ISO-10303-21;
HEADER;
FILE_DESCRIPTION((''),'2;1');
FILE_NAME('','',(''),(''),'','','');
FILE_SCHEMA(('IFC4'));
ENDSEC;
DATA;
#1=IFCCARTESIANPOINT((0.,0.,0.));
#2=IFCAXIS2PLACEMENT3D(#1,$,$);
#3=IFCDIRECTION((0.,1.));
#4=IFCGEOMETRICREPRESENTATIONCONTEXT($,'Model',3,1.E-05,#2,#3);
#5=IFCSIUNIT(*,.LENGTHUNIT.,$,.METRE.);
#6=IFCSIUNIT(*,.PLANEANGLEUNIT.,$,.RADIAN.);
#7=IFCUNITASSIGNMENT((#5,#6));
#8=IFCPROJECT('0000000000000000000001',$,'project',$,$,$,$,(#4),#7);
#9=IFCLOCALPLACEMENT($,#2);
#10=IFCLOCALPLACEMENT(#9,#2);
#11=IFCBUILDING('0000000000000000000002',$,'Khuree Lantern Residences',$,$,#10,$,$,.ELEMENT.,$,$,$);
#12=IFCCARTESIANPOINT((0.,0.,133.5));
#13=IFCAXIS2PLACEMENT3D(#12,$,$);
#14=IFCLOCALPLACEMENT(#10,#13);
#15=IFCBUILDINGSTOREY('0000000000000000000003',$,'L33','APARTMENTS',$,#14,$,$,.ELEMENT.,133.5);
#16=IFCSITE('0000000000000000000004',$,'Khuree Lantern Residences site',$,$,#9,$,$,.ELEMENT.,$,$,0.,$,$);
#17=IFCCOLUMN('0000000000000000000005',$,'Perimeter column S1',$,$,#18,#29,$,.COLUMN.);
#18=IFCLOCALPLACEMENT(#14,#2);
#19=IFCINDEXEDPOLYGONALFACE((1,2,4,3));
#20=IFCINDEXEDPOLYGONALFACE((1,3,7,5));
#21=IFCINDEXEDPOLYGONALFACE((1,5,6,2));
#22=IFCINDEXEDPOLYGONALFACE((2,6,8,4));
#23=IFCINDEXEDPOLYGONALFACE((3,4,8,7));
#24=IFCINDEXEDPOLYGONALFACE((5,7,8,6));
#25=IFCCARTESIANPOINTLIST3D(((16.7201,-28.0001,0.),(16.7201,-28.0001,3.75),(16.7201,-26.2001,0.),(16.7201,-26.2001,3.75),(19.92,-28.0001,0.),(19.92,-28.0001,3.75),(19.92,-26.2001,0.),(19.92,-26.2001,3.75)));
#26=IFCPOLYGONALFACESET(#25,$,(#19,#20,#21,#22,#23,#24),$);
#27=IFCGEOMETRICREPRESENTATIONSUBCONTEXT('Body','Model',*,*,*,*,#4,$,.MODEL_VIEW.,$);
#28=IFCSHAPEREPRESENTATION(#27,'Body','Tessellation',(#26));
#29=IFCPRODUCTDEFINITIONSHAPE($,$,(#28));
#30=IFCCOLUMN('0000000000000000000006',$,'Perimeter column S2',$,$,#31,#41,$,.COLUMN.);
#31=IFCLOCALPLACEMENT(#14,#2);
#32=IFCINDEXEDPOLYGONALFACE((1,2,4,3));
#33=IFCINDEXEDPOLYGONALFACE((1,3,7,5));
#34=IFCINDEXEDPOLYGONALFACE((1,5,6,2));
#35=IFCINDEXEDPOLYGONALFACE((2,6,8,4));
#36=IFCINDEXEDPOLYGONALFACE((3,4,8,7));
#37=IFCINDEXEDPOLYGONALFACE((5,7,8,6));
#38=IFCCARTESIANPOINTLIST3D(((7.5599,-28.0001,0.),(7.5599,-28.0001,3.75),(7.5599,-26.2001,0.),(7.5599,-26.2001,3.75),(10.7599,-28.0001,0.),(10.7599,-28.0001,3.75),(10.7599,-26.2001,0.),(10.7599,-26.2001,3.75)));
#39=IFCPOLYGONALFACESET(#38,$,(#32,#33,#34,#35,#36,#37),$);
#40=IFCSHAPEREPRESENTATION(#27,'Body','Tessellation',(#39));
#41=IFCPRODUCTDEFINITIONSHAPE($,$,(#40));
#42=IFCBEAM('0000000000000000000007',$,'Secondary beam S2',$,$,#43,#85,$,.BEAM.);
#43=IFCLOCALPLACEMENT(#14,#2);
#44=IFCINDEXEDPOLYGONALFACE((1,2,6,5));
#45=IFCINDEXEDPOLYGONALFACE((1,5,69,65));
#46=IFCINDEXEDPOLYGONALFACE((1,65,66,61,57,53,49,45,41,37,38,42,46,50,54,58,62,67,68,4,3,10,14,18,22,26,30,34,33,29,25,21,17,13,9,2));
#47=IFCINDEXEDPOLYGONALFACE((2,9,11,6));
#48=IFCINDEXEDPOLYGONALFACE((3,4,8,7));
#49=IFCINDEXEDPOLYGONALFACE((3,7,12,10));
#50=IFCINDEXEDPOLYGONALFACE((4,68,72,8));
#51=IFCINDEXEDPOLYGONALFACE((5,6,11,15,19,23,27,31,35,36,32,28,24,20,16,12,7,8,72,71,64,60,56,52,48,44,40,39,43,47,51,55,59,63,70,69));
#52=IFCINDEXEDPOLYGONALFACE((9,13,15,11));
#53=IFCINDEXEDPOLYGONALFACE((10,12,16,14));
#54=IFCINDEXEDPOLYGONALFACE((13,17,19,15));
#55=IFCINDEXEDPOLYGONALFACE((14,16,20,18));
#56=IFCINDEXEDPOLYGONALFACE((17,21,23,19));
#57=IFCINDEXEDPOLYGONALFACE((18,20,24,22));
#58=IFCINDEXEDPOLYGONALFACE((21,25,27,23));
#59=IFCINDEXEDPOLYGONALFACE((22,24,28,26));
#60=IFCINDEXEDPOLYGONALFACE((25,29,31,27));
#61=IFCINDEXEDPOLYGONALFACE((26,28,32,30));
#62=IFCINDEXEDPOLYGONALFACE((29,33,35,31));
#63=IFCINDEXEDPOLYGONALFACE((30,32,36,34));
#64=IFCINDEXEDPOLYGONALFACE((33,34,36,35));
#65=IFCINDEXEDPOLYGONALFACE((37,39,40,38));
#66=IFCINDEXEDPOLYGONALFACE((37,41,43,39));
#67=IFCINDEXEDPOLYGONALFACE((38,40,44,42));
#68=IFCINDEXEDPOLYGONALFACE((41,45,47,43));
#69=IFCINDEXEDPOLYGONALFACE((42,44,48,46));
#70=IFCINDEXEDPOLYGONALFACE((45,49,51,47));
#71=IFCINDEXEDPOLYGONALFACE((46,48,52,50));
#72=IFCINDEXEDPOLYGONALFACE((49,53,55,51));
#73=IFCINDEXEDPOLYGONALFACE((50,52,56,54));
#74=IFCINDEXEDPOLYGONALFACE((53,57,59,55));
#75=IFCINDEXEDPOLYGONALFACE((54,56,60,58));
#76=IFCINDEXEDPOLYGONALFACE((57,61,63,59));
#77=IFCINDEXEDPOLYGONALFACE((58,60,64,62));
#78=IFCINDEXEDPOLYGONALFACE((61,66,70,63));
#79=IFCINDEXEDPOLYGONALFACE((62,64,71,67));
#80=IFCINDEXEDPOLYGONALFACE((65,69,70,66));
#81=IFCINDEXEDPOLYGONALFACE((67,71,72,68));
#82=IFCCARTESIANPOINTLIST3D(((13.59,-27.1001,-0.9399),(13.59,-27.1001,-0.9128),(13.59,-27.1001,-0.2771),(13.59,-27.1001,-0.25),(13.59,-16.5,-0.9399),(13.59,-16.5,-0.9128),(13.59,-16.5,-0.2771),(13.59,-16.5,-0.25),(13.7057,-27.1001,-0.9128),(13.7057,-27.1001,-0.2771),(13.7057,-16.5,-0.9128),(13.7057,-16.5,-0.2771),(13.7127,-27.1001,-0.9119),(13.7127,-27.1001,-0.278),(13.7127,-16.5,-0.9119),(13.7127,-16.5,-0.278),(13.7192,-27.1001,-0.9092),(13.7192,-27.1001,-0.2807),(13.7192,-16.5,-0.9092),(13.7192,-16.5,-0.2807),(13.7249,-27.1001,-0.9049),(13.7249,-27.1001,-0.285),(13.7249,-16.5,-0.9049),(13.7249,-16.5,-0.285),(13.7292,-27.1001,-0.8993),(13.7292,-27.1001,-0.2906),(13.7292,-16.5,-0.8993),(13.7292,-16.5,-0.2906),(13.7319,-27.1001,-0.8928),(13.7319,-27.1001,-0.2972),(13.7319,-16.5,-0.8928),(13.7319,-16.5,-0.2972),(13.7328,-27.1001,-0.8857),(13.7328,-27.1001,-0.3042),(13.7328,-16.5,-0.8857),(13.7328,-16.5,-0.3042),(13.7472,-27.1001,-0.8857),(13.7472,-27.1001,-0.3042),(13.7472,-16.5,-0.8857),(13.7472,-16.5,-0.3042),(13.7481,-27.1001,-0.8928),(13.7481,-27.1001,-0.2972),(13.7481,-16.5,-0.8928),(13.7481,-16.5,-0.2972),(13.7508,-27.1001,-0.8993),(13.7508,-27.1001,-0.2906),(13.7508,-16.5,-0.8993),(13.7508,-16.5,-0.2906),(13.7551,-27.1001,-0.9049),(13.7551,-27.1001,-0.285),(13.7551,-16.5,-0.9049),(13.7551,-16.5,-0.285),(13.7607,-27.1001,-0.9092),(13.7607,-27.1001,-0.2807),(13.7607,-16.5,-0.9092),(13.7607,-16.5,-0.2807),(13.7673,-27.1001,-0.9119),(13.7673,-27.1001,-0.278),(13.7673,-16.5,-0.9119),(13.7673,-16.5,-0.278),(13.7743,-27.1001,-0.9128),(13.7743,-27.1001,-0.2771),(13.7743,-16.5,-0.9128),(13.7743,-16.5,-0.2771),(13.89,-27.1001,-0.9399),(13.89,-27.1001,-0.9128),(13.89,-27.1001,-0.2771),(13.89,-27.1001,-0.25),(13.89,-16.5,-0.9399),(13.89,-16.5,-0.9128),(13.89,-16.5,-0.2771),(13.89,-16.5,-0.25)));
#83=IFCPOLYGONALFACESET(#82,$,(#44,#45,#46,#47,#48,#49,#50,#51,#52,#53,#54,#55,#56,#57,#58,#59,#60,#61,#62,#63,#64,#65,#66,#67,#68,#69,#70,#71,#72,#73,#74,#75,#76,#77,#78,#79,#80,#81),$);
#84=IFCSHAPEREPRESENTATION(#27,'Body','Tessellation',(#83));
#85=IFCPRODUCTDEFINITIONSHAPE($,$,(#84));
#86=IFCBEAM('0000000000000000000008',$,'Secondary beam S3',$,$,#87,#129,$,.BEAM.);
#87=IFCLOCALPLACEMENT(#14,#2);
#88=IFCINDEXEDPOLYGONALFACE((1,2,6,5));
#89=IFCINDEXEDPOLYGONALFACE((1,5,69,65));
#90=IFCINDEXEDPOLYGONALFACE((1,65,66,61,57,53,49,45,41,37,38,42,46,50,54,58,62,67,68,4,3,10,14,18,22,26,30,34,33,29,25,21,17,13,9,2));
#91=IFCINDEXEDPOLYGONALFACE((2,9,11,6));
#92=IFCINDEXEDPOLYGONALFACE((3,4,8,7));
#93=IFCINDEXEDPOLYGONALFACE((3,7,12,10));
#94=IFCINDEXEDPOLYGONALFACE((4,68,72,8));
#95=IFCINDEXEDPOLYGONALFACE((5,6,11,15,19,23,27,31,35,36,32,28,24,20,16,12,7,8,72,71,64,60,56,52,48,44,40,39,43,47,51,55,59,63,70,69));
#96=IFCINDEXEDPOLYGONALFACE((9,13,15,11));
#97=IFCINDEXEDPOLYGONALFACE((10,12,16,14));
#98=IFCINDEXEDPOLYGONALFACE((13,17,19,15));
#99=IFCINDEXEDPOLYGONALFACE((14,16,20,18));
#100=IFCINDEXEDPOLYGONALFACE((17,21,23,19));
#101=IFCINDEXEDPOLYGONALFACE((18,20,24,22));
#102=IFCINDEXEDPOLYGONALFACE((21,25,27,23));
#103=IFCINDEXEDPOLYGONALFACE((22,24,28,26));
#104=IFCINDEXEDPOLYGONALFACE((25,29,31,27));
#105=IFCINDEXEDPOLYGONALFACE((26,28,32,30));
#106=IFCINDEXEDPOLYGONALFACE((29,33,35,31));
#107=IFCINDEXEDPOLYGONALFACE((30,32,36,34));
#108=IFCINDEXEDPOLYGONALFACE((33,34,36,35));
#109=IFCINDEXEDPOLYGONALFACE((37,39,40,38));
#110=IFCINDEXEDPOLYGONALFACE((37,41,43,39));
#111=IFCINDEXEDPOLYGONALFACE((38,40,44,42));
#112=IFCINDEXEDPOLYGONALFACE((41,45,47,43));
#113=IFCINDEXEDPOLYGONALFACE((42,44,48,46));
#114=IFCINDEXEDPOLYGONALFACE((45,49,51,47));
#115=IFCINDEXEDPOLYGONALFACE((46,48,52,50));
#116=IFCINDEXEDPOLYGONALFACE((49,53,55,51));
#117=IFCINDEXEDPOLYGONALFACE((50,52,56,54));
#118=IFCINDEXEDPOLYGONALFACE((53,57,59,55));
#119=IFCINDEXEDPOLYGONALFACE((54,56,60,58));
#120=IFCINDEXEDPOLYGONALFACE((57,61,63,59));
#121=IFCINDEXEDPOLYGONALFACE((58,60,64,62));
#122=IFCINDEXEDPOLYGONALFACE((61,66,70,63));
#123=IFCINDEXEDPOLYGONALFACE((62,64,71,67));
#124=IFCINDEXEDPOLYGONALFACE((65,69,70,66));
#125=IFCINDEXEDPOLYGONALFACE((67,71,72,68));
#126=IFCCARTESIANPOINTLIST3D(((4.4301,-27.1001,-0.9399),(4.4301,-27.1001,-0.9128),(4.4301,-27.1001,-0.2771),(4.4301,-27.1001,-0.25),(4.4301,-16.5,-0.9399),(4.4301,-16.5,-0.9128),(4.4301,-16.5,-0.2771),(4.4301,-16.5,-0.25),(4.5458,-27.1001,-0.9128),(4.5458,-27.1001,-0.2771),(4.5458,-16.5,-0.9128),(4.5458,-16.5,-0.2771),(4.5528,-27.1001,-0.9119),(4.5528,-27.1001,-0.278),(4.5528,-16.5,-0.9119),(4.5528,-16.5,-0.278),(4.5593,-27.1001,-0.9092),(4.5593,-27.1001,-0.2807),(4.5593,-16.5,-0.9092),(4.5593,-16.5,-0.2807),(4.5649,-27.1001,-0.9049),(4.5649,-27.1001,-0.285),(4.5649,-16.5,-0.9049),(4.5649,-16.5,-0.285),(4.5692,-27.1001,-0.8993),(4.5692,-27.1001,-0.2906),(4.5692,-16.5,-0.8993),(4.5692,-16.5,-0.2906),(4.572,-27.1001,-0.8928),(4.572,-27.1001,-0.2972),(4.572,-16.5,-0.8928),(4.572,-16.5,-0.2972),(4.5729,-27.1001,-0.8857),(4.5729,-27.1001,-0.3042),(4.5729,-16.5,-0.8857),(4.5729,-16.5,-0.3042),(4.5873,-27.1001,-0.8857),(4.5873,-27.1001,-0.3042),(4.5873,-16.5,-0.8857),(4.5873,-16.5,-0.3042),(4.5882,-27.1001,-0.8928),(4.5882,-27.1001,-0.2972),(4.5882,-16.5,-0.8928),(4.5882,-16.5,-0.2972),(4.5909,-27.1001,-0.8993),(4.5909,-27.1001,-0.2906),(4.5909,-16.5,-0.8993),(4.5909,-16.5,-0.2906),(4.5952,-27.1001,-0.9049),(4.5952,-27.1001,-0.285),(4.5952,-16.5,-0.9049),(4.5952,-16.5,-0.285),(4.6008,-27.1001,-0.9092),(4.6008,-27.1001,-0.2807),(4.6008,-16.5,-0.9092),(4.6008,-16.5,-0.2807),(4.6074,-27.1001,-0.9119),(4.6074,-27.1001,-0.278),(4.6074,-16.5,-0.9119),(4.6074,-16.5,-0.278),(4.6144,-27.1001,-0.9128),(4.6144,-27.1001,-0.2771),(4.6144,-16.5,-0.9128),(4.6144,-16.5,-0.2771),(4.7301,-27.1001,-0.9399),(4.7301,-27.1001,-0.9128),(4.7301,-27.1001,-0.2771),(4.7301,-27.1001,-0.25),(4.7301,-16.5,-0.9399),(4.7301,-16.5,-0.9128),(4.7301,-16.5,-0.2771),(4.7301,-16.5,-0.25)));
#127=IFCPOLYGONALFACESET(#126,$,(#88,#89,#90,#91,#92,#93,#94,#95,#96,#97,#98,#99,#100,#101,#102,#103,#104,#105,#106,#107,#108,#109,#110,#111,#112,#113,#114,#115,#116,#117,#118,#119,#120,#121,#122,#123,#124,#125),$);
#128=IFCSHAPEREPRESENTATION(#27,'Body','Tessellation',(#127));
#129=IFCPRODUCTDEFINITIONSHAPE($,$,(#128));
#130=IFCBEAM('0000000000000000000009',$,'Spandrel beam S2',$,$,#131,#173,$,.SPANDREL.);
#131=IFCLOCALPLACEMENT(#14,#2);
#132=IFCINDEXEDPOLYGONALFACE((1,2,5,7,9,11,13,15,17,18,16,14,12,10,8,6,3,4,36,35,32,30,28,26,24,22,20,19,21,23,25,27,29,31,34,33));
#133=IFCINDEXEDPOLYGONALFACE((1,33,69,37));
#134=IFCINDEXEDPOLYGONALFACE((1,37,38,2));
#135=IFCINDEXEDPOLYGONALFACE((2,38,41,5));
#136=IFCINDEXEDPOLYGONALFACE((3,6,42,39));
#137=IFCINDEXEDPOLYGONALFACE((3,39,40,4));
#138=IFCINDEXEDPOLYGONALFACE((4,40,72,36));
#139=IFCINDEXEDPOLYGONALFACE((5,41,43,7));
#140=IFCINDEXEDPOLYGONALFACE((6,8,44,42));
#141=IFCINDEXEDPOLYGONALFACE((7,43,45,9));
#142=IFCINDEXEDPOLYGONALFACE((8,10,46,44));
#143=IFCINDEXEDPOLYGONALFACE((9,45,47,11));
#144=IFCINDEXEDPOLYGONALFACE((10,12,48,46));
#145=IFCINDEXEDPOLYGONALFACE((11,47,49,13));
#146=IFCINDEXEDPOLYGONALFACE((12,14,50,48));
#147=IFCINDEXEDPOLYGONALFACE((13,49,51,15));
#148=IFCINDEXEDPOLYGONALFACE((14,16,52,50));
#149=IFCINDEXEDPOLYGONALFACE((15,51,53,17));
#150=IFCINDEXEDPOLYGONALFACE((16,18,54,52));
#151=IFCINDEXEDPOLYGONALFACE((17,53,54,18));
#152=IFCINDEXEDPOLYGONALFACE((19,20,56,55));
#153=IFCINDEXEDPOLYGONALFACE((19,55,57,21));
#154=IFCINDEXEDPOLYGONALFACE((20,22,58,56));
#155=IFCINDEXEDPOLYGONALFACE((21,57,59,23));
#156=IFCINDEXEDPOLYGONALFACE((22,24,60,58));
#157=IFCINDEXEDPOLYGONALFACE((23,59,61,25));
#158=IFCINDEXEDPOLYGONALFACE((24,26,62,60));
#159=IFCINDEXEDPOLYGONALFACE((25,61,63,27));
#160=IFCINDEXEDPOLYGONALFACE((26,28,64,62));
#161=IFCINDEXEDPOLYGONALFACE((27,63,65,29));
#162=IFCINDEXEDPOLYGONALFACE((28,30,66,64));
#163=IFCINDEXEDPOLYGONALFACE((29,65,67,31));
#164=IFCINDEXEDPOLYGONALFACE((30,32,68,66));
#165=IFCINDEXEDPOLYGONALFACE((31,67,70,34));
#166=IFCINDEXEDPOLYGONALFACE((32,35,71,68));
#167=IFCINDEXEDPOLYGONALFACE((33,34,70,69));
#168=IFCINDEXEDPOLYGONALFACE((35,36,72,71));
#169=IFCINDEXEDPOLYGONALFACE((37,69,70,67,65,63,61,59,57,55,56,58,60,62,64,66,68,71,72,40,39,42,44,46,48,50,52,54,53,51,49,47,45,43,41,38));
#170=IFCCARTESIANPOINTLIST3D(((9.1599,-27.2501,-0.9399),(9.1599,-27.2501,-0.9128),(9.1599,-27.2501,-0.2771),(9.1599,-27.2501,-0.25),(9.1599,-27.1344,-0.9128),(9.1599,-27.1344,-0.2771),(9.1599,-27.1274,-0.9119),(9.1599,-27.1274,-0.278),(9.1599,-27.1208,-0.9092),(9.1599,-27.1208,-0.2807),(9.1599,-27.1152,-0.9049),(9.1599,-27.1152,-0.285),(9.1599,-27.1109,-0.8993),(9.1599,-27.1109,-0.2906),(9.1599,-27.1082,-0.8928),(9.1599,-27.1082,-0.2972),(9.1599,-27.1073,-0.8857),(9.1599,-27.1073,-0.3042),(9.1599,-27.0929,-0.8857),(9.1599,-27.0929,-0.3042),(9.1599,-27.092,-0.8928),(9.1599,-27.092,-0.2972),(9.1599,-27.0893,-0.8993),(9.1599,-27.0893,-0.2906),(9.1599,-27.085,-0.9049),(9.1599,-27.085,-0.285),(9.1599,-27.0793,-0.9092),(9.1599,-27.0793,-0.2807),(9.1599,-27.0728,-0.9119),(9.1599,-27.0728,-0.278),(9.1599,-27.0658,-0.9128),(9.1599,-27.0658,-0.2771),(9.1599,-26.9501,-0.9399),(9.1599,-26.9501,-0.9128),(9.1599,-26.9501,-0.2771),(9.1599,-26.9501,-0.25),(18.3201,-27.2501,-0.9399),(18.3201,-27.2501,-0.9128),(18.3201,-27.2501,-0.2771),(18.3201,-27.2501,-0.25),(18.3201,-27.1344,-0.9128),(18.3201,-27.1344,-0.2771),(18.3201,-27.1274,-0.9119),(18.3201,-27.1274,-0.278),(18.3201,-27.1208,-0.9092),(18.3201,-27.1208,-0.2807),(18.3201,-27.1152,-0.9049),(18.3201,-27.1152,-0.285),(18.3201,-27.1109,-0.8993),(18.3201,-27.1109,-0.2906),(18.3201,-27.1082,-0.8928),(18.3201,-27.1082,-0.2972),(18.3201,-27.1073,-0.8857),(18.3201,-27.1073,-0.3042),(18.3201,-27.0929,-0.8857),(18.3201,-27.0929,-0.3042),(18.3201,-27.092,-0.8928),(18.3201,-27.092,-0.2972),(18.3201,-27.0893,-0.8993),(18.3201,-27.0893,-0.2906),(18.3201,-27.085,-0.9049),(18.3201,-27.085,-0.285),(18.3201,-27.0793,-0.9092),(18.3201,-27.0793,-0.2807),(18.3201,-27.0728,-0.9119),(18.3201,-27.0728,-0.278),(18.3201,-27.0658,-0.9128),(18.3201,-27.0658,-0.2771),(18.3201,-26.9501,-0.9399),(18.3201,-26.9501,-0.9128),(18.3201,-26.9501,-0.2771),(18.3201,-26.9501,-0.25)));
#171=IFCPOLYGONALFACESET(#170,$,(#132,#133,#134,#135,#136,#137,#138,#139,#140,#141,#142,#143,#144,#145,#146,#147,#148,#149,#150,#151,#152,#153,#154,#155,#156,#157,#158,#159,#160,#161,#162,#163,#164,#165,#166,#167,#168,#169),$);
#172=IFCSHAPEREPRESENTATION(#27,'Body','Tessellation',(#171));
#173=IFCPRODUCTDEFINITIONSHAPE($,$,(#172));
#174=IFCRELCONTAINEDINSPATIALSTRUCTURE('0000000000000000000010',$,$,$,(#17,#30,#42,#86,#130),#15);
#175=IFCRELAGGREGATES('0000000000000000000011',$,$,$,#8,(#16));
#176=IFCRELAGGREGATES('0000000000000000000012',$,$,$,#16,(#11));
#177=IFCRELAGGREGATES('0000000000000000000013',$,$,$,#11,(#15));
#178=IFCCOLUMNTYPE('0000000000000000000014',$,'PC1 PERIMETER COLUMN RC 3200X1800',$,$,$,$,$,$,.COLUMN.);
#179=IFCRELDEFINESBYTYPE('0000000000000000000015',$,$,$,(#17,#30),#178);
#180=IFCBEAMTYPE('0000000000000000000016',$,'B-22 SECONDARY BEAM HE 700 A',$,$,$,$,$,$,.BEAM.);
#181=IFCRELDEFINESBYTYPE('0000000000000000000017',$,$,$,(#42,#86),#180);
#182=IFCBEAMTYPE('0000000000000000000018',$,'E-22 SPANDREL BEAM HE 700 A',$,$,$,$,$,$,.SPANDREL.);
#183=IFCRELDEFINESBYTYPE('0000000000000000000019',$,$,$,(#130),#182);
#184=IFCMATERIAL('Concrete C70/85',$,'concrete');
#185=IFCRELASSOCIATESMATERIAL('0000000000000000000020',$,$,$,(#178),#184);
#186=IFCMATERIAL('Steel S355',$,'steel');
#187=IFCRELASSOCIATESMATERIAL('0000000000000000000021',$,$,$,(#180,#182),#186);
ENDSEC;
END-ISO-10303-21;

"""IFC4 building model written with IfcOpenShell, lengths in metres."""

from ifc_helpers import new_model, si_unit, direction, frame, origin, origin_2d, place, context, subcontext, project, spatial, rectangle, i_section, extrude, material, material_profile, profile_set, type_object, element, save


model = new_model("IFC4")

# Units and contexts
model_context = context("Model", 3, precision=1e-05, world=origin(), true_north=direction((0.0, 1.0)))
body_context = subcontext(model_context, "Body", "Model", "MODEL_VIEW")
ifc_project = project(units=[si_unit("LENGTHUNIT", "METRE"), si_unit("PLANEANGLEUNIT", "RADIAN")], contexts=[model_context])

# Site, building, storey
site_placement = place(None, origin())
site = spatial("IfcSite", under=ifc_project, at=site_placement, Name="Khuree Lantern Residences site", CompositionType="ELEMENT", RefElevation=0.0)
building_placement = place(site_placement, origin())
building = spatial("IfcBuilding", under=site, at=building_placement, Name="Khuree Lantern Residences", CompositionType="ELEMENT")
storey_placement = place(building_placement, frame((0.0, 0.0, 133.5)))
storey = spatial("IfcBuildingStorey", under=building, at=storey_placement, Name="L33", Description="APARTMENTS", CompositionType="ELEMENT", Elevation=133.5)

# Columns
ifc_material_1 = material(Name="Concrete C70/85", Category="concrete")
ifc_material_profile_1 = material_profile(ifc_material_1, rectangle(XDim=3.2, YDim=1.8, at=origin_2d()), Name="RC 3200X1800")
ifc_profile_set_1 = profile_set([ifc_material_profile_1], Name="Concrete C70/85")
column_type = type_object("IfcColumnType", Name="PC1 PERIMETER COLUMN RC 3200X1800", PredefinedType="COLUMN", material=ifc_profile_set_1)
for number, where, z_axis, x_axis, name in (
    (1, (18.3201, -27.1001, 0.0), (0.0, 0.0, 1.0), (1.0, 0.0, 0.0), "Perimeter column S1"),
    (2, (9.1599, -27.1001, 0.0), (0.0, 0.0, 1.0), (1.0, 0.0, 0.0), "Perimeter column S2"),
):
    element("IfcColumn", number, at=place(storey_placement, frame(where, z_axis=z_axis, x_axis=x_axis)), inside=storey, type_object=column_type, Name=name, PredefinedType="COLUMN", context=body_context, shape_type="SweptSolid", body=[
        extrude(rectangle(XDim=3.2, YDim=1.8, at=origin_2d()), origin(), (0.0, 0.0, 1.0), 3.75),
    ])

# Beams
ifc_material_2 = material(Name="Steel S355", Category="steel")
ifc_material_profile_2 = material_profile(ifc_material_2, i_section(OverallWidth=0.3, OverallDepth=0.6899, WebThickness=0.0144, FlangeThickness=0.0271, FilletRadius=0.0271, at=origin_2d()), Name="HE 700 A")
ifc_profile_set_2 = profile_set([ifc_material_profile_2], Name="Steel S355")
beam_type_1 = type_object("IfcBeamType", Name="B-22 SECONDARY BEAM HE 700 A", PredefinedType="BEAM", material=ifc_profile_set_2)
for number, where, z_axis, x_axis, name in (
    (3, (13.74, -27.1001, -0.595), (0.0, 1.0, 0.0), (-1.0, 0.0, 0.0), "Secondary beam S2"),
    (4, (4.5801, -27.1001, -0.595), (0.0, 1.0, 0.0), (-1.0, 0.0, 0.0), "Secondary beam S3"),
):
    element("IfcBeam", number, at=place(storey_placement, frame(where, z_axis=z_axis, x_axis=x_axis)), inside=storey, type_object=beam_type_1, Name=name, PredefinedType="BEAM", context=body_context, shape_type="SweptSolid", body=[
        extrude(i_section(OverallWidth=0.3, OverallDepth=0.6899, WebThickness=0.0144, FlangeThickness=0.0271, FilletRadius=0.0271, at=origin_2d()), origin(), (0.0, 0.0, 1.0), 10.6001),
    ])
ifc_material_profile_3 = material_profile(ifc_material_2, i_section(OverallWidth=0.3, OverallDepth=0.6899, WebThickness=0.0144, FlangeThickness=0.0271, FilletRadius=0.0271, at=origin_2d()), Name="HE 700 A")
ifc_profile_set_3 = profile_set([ifc_material_profile_3], Name="Steel S355")
beam_type_2 = type_object("IfcBeamType", Name="E-22 SPANDREL BEAM HE 700 A", PredefinedType="SPANDREL", material=ifc_profile_set_3)
beam_1_placement = place(storey_placement, frame((18.3201, -27.1001, -0.595), z_axis=(-1.0, 0.0, 0.0), x_axis=(0.0, -1.0, 0.0)))
element("IfcBeam", 5, at=beam_1_placement, inside=storey, type_object=beam_type_2, Name="Spandrel beam S2", PredefinedType="SPANDREL", context=body_context, shape_type="SweptSolid", body=[
    extrude(i_section(OverallWidth=0.3, OverallDepth=0.6899, WebThickness=0.0144, FlangeThickness=0.0271, FilletRadius=0.0271, at=origin_2d()), origin(), (0.0, 0.0, 1.0), 9.1602),
])

save(model, "model.ifc")
